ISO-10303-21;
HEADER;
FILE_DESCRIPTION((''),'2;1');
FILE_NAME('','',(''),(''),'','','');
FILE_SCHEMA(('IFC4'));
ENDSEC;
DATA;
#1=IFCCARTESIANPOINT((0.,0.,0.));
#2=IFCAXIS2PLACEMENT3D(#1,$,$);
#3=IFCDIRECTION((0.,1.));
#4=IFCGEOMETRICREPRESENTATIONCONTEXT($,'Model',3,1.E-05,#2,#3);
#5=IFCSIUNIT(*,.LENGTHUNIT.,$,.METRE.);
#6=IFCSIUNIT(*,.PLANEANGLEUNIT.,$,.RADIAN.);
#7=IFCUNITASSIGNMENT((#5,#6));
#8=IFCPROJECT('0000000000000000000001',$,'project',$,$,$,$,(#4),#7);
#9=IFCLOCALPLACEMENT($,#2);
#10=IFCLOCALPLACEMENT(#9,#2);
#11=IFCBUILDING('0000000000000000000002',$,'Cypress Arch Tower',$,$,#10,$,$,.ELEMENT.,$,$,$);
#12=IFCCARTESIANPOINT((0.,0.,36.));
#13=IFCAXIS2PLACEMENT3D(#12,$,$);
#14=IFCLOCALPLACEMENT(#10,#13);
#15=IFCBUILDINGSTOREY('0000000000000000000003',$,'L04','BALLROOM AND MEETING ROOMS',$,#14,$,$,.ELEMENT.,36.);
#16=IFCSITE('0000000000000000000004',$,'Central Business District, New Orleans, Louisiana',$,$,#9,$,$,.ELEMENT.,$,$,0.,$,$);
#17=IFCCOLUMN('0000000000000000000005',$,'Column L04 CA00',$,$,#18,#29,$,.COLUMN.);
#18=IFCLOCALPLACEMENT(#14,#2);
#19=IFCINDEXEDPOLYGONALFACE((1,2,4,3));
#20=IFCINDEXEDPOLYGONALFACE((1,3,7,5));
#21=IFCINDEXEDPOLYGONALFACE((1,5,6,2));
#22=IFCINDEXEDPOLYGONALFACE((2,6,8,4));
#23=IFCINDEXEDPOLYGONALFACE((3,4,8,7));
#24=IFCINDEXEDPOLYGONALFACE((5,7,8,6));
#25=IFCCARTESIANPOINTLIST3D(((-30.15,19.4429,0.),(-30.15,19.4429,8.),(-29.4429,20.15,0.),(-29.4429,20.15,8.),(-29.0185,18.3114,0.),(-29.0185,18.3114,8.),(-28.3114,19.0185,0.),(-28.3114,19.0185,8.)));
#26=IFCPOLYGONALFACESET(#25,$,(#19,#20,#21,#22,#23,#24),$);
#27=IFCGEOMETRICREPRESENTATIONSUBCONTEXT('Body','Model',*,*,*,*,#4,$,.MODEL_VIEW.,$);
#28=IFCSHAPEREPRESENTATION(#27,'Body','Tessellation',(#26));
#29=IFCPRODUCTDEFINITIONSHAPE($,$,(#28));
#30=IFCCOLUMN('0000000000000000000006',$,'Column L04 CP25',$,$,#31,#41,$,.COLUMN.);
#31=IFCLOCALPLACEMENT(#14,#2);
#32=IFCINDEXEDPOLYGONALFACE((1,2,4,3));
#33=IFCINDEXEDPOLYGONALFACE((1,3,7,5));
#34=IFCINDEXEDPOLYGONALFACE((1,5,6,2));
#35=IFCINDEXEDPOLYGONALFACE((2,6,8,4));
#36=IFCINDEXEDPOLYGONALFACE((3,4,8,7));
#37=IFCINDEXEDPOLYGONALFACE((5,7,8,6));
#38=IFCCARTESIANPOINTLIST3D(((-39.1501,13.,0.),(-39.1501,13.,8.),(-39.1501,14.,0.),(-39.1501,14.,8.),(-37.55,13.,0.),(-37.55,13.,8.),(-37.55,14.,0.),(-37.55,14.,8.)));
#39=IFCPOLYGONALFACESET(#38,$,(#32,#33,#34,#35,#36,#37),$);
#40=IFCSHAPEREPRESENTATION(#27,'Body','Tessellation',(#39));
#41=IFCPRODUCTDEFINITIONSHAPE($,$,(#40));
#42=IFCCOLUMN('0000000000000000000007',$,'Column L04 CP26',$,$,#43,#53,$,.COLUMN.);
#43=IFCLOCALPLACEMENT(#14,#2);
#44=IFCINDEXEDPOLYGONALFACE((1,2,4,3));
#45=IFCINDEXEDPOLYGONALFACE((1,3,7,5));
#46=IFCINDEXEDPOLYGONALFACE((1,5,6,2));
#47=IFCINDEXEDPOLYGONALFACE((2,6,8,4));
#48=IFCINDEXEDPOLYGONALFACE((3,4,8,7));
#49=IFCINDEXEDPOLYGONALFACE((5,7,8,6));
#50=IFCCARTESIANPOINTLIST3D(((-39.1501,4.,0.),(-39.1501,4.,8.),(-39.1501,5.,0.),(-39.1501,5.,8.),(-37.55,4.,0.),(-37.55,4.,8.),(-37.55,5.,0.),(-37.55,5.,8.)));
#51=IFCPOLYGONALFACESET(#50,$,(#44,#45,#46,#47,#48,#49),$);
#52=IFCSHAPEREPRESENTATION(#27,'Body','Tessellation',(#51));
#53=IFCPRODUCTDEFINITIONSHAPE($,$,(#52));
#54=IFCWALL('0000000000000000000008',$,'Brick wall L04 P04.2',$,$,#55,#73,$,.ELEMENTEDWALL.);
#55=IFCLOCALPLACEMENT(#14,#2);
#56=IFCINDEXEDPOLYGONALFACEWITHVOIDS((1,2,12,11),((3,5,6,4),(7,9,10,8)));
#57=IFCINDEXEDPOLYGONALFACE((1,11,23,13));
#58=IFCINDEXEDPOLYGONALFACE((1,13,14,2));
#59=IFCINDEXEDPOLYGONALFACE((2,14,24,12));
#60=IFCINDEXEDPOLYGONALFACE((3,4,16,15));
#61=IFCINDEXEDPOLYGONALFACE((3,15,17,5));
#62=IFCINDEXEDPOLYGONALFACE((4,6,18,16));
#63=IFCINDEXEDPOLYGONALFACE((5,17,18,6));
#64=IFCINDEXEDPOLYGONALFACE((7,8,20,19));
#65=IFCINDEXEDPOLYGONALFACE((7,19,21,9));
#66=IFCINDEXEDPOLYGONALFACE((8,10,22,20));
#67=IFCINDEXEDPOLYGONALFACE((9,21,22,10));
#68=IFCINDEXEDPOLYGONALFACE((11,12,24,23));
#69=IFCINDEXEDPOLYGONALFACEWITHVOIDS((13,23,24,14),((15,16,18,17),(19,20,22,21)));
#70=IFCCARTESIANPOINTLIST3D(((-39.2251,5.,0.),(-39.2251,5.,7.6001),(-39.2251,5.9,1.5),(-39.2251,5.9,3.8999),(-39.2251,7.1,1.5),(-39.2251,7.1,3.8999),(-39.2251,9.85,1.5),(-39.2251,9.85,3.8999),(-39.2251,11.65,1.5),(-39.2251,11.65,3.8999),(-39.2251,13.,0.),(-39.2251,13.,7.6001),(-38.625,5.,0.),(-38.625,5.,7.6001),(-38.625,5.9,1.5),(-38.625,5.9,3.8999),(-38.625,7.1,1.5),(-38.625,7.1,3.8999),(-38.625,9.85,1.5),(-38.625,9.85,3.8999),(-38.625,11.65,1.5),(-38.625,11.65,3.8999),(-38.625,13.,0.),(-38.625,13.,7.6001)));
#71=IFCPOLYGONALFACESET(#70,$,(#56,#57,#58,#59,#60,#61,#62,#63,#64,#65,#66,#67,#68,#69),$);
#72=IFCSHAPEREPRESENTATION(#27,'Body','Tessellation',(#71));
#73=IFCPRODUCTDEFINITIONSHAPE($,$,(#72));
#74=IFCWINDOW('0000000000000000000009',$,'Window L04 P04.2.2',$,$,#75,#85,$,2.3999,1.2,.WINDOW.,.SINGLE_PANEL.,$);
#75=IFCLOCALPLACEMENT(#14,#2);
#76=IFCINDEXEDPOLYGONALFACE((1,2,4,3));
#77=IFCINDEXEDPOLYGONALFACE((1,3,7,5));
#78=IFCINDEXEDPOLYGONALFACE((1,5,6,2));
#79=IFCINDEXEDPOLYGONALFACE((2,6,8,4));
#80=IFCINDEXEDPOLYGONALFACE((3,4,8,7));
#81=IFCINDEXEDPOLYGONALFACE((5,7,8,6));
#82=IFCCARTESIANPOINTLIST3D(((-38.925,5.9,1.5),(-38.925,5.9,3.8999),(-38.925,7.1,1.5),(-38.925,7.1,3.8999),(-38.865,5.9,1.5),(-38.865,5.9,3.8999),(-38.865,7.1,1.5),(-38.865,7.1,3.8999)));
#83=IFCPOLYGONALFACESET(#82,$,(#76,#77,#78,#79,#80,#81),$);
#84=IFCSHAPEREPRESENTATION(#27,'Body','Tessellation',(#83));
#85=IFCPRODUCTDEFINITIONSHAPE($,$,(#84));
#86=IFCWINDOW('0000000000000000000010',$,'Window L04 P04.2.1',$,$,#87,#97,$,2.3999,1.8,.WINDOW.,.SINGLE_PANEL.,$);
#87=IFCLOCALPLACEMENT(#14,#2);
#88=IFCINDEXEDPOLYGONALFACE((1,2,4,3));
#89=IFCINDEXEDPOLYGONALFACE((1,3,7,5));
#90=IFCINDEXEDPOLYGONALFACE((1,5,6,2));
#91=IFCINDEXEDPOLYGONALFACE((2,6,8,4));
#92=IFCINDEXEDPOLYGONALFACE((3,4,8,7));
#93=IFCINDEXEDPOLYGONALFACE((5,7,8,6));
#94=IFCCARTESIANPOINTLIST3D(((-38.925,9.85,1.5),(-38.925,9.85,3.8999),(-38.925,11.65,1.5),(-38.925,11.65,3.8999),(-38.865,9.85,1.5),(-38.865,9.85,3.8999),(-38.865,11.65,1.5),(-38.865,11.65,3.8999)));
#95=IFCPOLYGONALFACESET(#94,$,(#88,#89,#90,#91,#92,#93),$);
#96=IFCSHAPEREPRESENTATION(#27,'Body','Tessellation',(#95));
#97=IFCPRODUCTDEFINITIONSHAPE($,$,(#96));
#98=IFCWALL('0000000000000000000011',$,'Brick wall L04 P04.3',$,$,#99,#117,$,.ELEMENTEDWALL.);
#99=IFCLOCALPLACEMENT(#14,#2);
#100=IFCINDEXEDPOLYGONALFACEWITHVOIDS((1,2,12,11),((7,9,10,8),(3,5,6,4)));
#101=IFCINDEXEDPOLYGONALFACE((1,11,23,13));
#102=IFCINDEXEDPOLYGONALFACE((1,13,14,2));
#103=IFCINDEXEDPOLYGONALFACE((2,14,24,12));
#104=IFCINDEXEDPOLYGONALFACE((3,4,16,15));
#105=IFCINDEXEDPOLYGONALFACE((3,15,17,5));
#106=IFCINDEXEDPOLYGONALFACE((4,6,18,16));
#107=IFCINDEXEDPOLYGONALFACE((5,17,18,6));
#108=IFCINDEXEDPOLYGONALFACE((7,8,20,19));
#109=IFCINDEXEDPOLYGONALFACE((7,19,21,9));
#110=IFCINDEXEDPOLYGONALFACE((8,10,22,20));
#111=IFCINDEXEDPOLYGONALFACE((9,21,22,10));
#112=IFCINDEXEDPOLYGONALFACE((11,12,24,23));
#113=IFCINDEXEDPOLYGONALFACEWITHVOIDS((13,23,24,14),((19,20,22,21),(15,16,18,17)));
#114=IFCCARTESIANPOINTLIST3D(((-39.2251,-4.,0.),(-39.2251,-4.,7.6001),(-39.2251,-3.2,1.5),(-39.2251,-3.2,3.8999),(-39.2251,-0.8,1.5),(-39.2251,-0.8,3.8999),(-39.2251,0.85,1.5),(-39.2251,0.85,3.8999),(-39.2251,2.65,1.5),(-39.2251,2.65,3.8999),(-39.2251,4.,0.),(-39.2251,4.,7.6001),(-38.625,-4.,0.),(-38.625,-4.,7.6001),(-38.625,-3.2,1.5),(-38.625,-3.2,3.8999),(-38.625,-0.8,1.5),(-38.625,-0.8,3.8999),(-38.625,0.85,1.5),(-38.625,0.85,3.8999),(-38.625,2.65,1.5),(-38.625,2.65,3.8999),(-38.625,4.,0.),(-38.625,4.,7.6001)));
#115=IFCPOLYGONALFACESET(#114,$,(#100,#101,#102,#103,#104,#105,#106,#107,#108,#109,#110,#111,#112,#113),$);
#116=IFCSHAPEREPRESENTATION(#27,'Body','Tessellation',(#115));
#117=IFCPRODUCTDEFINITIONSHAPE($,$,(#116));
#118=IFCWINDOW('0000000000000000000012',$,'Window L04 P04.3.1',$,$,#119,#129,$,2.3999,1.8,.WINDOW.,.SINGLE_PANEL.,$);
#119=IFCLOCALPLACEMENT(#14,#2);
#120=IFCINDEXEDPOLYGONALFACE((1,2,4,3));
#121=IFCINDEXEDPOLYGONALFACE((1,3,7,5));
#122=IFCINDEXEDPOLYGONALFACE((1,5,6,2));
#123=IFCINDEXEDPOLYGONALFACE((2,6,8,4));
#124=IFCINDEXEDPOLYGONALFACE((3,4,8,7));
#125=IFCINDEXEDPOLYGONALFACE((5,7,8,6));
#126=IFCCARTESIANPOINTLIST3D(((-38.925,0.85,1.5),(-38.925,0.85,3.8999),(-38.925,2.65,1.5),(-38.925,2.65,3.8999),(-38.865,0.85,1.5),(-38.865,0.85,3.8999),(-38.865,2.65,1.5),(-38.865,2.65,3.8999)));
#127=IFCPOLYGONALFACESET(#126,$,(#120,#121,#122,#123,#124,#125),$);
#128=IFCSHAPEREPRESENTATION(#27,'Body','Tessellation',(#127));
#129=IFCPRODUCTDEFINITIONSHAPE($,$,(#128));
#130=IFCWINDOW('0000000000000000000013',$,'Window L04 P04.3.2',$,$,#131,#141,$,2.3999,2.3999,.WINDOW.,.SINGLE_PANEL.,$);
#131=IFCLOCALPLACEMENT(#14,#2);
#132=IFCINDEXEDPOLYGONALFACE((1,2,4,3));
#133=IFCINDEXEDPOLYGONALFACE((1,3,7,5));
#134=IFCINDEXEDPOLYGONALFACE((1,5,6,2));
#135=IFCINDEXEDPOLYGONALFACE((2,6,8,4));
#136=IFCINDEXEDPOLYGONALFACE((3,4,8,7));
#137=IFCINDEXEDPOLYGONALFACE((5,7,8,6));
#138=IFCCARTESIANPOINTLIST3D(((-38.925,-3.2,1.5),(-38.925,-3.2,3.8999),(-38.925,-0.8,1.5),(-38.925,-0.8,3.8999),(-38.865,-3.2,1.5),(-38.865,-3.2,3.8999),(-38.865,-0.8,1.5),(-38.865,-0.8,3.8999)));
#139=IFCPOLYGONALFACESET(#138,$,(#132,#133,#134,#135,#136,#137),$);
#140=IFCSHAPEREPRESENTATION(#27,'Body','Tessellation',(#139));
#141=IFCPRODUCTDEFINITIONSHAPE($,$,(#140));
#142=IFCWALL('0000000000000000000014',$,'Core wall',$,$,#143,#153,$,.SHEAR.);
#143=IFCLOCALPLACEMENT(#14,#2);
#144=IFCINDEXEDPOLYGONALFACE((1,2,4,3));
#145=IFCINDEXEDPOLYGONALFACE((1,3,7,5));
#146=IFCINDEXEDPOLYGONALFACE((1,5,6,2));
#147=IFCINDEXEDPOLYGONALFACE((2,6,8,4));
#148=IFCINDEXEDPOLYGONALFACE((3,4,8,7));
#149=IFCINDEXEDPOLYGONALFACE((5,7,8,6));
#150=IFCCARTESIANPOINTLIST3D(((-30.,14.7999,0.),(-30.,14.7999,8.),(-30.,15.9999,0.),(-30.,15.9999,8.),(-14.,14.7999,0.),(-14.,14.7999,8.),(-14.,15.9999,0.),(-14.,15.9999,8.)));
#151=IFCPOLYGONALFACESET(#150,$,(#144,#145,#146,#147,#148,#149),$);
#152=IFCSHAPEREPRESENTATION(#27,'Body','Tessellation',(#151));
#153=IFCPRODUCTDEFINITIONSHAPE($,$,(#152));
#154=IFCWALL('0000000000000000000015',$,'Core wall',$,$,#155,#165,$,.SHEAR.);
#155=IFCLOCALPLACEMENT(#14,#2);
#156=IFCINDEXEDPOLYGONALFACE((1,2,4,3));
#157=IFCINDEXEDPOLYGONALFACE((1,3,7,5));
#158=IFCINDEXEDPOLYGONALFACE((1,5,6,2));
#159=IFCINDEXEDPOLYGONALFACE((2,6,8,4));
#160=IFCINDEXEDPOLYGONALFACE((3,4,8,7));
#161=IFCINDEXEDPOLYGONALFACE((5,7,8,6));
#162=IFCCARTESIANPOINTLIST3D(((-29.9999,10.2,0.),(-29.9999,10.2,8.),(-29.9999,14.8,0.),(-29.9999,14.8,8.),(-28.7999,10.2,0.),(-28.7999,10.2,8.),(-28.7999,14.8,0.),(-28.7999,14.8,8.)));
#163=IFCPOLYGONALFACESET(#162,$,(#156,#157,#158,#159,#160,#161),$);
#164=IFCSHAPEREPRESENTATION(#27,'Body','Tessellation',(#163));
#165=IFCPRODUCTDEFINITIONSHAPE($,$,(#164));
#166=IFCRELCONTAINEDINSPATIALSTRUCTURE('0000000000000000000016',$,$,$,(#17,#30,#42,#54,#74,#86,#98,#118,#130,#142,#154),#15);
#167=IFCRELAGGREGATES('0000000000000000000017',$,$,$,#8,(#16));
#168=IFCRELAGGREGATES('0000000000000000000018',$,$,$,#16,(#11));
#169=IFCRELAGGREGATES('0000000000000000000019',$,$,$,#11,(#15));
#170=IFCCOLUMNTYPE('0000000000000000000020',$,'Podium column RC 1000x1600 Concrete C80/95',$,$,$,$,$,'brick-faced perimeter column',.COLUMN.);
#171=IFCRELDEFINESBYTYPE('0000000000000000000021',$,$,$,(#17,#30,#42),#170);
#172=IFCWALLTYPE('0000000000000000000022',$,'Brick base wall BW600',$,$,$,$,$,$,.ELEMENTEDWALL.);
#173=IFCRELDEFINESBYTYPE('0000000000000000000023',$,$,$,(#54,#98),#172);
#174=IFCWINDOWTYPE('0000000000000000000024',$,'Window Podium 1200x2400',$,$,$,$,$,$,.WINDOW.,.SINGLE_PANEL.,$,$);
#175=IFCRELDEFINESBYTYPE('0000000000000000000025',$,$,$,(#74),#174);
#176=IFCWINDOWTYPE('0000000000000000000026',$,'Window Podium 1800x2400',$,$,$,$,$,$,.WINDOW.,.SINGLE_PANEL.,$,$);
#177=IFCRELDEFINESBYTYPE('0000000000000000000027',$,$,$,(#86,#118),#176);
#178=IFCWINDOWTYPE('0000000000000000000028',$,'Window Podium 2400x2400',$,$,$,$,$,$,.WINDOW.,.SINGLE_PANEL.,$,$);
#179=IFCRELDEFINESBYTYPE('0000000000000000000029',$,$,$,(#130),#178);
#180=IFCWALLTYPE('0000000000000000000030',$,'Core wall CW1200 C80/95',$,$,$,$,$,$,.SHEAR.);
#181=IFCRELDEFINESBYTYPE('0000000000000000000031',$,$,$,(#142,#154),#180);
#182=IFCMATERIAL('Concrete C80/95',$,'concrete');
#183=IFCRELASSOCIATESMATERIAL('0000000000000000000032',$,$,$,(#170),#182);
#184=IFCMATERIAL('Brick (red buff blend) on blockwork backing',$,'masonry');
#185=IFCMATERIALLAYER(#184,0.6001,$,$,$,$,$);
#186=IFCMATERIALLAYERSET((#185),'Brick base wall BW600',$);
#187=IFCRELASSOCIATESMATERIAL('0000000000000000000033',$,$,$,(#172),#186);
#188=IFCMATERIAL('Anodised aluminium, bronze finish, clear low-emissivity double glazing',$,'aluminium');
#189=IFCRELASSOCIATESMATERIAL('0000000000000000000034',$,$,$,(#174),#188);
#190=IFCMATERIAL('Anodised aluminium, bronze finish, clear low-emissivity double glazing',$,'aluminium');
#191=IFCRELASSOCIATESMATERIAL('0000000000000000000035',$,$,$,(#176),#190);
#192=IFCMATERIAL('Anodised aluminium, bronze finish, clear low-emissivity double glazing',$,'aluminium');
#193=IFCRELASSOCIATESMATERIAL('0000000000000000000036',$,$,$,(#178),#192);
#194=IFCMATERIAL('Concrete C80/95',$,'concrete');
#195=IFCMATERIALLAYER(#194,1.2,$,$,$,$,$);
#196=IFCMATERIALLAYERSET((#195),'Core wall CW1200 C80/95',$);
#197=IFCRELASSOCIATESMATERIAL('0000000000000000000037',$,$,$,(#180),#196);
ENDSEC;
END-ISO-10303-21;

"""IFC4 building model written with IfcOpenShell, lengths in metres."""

from ifc_helpers import new_model, si_unit, direction, frame, frame_2d, origin, origin_2d, place, context, subcontext, project, spatial, rectangle, extrude, material, layer, layer_set, material_profile, profile_set, type_object, element, fill, save


model = new_model("IFC4")

# Units and contexts
model_context = context("Model", 3, precision=1e-05, world=origin(), true_north=direction((0.0, 1.0)))
body_context = subcontext(model_context, "Body", "Model", "MODEL_VIEW")
ifc_project = project(units=[si_unit("LENGTHUNIT", "METRE"), si_unit("PLANEANGLEUNIT", "RADIAN")], contexts=[model_context])

# Site, building, storey
site_placement = place(None, origin())
site = spatial("IfcSite", under=ifc_project, at=site_placement, Name="Central Business District, New Orleans, Louisiana", CompositionType="ELEMENT", RefElevation=0.0)
building_placement = place(site_placement, origin())
building = spatial("IfcBuilding", under=site, at=building_placement, Name="Cypress Arch Tower", CompositionType="ELEMENT")
storey_placement = place(building_placement, frame((0.0, 0.0, 36.0)))
storey = spatial("IfcBuildingStorey", under=building, at=storey_placement, Name="L04", Description="BALLROOM AND MEETING ROOMS", CompositionType="ELEMENT", Elevation=36.0)

# Columns
ifc_material_1 = material(Name="Concrete C80/95", Category="concrete")
ifc_material_profile = material_profile(ifc_material_1, rectangle(XDim=1.0, YDim=1.6001, at=origin_2d()), Name="RC 1000x1600")
ifc_profile_set = profile_set([ifc_material_profile], Name="Concrete C80/95")
column_type = type_object("IfcColumnType", Name="Podium column RC 1000x1600 Concrete C80/95", ElementType="brick-faced perimeter column", PredefinedType="COLUMN", material=ifc_profile_set)
for number, where, z_axis, x_axis, name in (
    (1, (-29.2307, 19.2307, 0.0), (0.0, 0.0, 1.0), (-0.707107, -0.707107, 0.0), "Column L04 CA00"),
    (2, (-38.3501, 13.5, 0.0), (0.0, 0.0, 1.0), (0.0, -1.0, 0.0), "Column L04 CP25"),
    (3, (-38.3501, 4.5, 0.0), (0.0, 0.0, 1.0), (0.0, -1.0, 0.0), "Column L04 CP26"),
):
    element("IfcColumn", number, at=place(storey_placement, frame(where, z_axis=z_axis, x_axis=x_axis)), inside=storey, type_object=column_type, Name=name, PredefinedType="COLUMN", context=body_context, shape_type="SweptSolid", body=[
        extrude(rectangle(XDim=1.0, YDim=1.6001, at=origin_2d()), origin(), (0.0, 0.0, 1.0), 8.0),
    ])

# Walls, openings, windows
ifc_material_2 = material(Name="Brick (red buff blend) on blockwork backing", Category="masonry")
ifc_layer_1 = layer(ifc_material_2, 0.6001)
ifc_layer_set_1 = layer_set([ifc_layer_1], Name="Brick base wall BW600")
wall_type_1 = type_object("IfcWallType", Name="Brick base wall BW600", PredefinedType="ELEMENTEDWALL", material=ifc_layer_set_1)
wall_1_placement = place(storey_placement, frame((-38.925, 13.0, 0.0), z_axis=(0.0, 0.0, 1.0), x_axis=(0.0, -1.0, 0.0)))
wall_1 = element("IfcWall", 4, at=wall_1_placement, inside=storey, type_object=wall_type_1, Name="Brick wall L04 P04.2", PredefinedType="ELEMENTEDWALL", context=body_context, shape_type="SweptSolid", body=[
    extrude(rectangle(XDim=8.0, YDim=0.6001, at=frame_2d((4.0, 0.0))), origin(), (0.0, 0.0, 1.0), 7.6001),
])
opening_1_placement = place(wall_1_placement, frame((1.3501, 0.0, 1.5)))
opening_1 = element("IfcOpeningElement", 5, at=opening_1_placement, cuts=wall_1, PredefinedType="OPENING", context=body_context, shape_type="SweptSolid", body=[
    extrude(rectangle(XDim=1.8, YDim=2.3999, at=frame_2d((0.8999, 1.2))), frame((0.0, 0.3101, 0.0), z_axis=(0.0, -1.0, 0.0), x_axis=(1.0, 0.0, 0.0)), (0.0, 0.0, 1.0), 0.6201),
])
opening_2_placement = place(wall_1_placement, frame((5.8999, 0.0, 1.5)))
opening_2 = element("IfcOpeningElement", 6, at=opening_2_placement, cuts=wall_1, PredefinedType="OPENING", context=body_context, shape_type="SweptSolid", body=[
    extrude(rectangle(XDim=1.2, YDim=2.3999, at=frame_2d((0.6001, 1.2))), frame((0.0, 0.3101, 0.0), z_axis=(0.0, -1.0, 0.0), x_axis=(1.0, 0.0, 0.0)), (0.0, 0.0, 1.0), 0.6201),
])
ifc_material_3 = material(Name="Anodised aluminium, bronze finish, clear low-emissivity double glazing", Category="aluminium")
window_type_1 = type_object("IfcWindowType", Name="Window Podium 1200x2400", PartitioningType="SINGLE_PANEL", PredefinedType="WINDOW", material=ifc_material_3)
window_1_placement = place(opening_2_placement, origin())
window_1 = element("IfcWindow", 7, at=window_1_placement, inside=storey, type_object=window_type_1, Name="Window L04 P04.2.2", OverallHeight=2.3999, OverallWidth=1.2, PartitioningType="SINGLE_PANEL", PredefinedType="WINDOW", context=body_context, shape_type="SweptSolid", body=[
    extrude(rectangle(XDim=1.2, YDim=2.3999, at=frame_2d((0.6001, 1.2))), frame((0.0, 0.0601, 0.0), z_axis=(0.0, -1.0, 0.0), x_axis=(1.0, 0.0, 0.0)), (0.0, 0.0, 1.0), 0.0601),
])
fill(opening_2, window_1)
ifc_material_4 = material(Name="Anodised aluminium, bronze finish, clear low-emissivity double glazing", Category="aluminium")
window_type_2 = type_object("IfcWindowType", Name="Window Podium 1800x2400", PartitioningType="SINGLE_PANEL", PredefinedType="WINDOW", material=ifc_material_4)
window_2_placement = place(opening_1_placement, origin())
window_2 = element("IfcWindow", 8, at=window_2_placement, inside=storey, type_object=window_type_2, Name="Window L04 P04.2.1", OverallHeight=2.3999, OverallWidth=1.8, PartitioningType="SINGLE_PANEL", PredefinedType="WINDOW", context=body_context, shape_type="SweptSolid", body=[
    extrude(rectangle(XDim=1.8, YDim=2.3999, at=frame_2d((0.8999, 1.2))), frame((0.0, 0.0601, 0.0), z_axis=(0.0, -1.0, 0.0), x_axis=(1.0, 0.0, 0.0)), (0.0, 0.0, 1.0), 0.0601),
])
fill(opening_1, window_2)
wall_2_placement = place(storey_placement, frame((-38.925, 4.0, 0.0), z_axis=(0.0, 0.0, 1.0), x_axis=(0.0, -1.0, 0.0)))
wall_2 = element("IfcWall", 9, at=wall_2_placement, inside=storey, type_object=wall_type_1, Name="Brick wall L04 P04.3", PredefinedType="ELEMENTEDWALL", context=body_context, shape_type="SweptSolid", body=[
    extrude(rectangle(XDim=8.0, YDim=0.6001, at=frame_2d((4.0, 0.0))), origin(), (0.0, 0.0, 1.0), 7.6001),
])
opening_3_placement = place(wall_2_placement, frame((4.8, 0.0, 1.5)))
opening_3 = element("IfcOpeningElement", 10, at=opening_3_placement, cuts=wall_2, PredefinedType="OPENING", context=body_context, shape_type="SweptSolid", body=[
    extrude(rectangle(XDim=2.3999, YDim=2.3999, at=frame_2d((1.2, 1.2))), frame((0.0, 0.3101, 0.0), z_axis=(0.0, -1.0, 0.0), x_axis=(1.0, 0.0, 0.0)), (0.0, 0.0, 1.0), 0.6201),
])
opening_4_placement = place(wall_2_placement, frame((1.3501, 0.0, 1.5)))
opening_4 = element("IfcOpeningElement", 11, at=opening_4_placement, cuts=wall_2, PredefinedType="OPENING", context=body_context, shape_type="SweptSolid", body=[
    extrude(rectangle(XDim=1.8, YDim=2.3999, at=frame_2d((0.8999, 1.2))), frame((0.0, 0.3101, 0.0), z_axis=(0.0, -1.0, 0.0), x_axis=(1.0, 0.0, 0.0)), (0.0, 0.0, 1.0), 0.6201),
])
window_3_placement = place(opening_4_placement, origin())
window_3 = element("IfcWindow", 12, at=window_3_placement, inside=storey, type_object=window_type_2, Name="Window L04 P04.3.1", OverallHeight=2.3999, OverallWidth=1.8, PartitioningType="SINGLE_PANEL", PredefinedType="WINDOW", context=body_context, shape_type="SweptSolid", body=[
    extrude(rectangle(XDim=1.8, YDim=2.3999, at=frame_2d((0.8999, 1.2))), frame((0.0, 0.0601, 0.0), z_axis=(0.0, -1.0, 0.0), x_axis=(1.0, 0.0, 0.0)), (0.0, 0.0, 1.0), 0.0601),
])
fill(opening_4, window_3)
ifc_material_5 = material(Name="Anodised aluminium, bronze finish, clear low-emissivity double glazing", Category="aluminium")
window_type_3 = type_object("IfcWindowType", Name="Window Podium 2400x2400", PartitioningType="SINGLE_PANEL", PredefinedType="WINDOW", material=ifc_material_5)
window_4_placement = place(opening_3_placement, origin())
window_4 = element("IfcWindow", 13, at=window_4_placement, inside=storey, type_object=window_type_3, Name="Window L04 P04.3.2", OverallHeight=2.3999, OverallWidth=2.3999, PartitioningType="SINGLE_PANEL", PredefinedType="WINDOW", context=body_context, shape_type="SweptSolid", body=[
    extrude(rectangle(XDim=2.3999, YDim=2.3999, at=frame_2d((1.2, 1.2))), frame((0.0, 0.0601, 0.0), z_axis=(0.0, -1.0, 0.0), x_axis=(1.0, 0.0, 0.0)), (0.0, 0.0, 1.0), 0.0601),
])
fill(opening_3, window_4)

# Walls
ifc_material_6 = material(Name="Concrete C80/95", Category="concrete")
ifc_layer_2 = layer(ifc_material_6, 1.2)
ifc_layer_set_2 = layer_set([ifc_layer_2], Name="Core wall CW1200 C80/95")
wall_type_2 = type_object("IfcWallType", Name="Core wall CW1200 C80/95", PredefinedType="SHEAR", material=ifc_layer_set_2)
wall_3_placement = place(storey_placement, frame((-30.0, 15.3999, 0.0), z_axis=(0.0, 0.0, 1.0), x_axis=(1.0, 0.0, 0.0)))
element("IfcWall", 14, at=wall_3_placement, inside=storey, type_object=wall_type_2, Name="Core wall", PredefinedType="SHEAR", context=body_context, shape_type="SweptSolid", body=[
    extrude(rectangle(XDim=16.0, YDim=1.2, at=frame_2d((8.0, 0.0))), origin(), (0.0, 0.0, 1.0), 8.0),
])
wall_4_placement = place(storey_placement, frame((-29.3999, 10.2, 0.0), z_axis=(0.0, 0.0, 1.0), x_axis=(0.0, 1.0, 0.0)))
element("IfcWall", 15, at=wall_4_placement, inside=storey, type_object=wall_type_2, Name="Core wall", PredefinedType="SHEAR", context=body_context, shape_type="SweptSolid", body=[
    extrude(rectangle(XDim=4.6001, YDim=1.2, at=frame_2d((2.3, 0.0))), origin(), (0.0, 0.0, 1.0), 8.0),
])

save(model, "model.ifc")
